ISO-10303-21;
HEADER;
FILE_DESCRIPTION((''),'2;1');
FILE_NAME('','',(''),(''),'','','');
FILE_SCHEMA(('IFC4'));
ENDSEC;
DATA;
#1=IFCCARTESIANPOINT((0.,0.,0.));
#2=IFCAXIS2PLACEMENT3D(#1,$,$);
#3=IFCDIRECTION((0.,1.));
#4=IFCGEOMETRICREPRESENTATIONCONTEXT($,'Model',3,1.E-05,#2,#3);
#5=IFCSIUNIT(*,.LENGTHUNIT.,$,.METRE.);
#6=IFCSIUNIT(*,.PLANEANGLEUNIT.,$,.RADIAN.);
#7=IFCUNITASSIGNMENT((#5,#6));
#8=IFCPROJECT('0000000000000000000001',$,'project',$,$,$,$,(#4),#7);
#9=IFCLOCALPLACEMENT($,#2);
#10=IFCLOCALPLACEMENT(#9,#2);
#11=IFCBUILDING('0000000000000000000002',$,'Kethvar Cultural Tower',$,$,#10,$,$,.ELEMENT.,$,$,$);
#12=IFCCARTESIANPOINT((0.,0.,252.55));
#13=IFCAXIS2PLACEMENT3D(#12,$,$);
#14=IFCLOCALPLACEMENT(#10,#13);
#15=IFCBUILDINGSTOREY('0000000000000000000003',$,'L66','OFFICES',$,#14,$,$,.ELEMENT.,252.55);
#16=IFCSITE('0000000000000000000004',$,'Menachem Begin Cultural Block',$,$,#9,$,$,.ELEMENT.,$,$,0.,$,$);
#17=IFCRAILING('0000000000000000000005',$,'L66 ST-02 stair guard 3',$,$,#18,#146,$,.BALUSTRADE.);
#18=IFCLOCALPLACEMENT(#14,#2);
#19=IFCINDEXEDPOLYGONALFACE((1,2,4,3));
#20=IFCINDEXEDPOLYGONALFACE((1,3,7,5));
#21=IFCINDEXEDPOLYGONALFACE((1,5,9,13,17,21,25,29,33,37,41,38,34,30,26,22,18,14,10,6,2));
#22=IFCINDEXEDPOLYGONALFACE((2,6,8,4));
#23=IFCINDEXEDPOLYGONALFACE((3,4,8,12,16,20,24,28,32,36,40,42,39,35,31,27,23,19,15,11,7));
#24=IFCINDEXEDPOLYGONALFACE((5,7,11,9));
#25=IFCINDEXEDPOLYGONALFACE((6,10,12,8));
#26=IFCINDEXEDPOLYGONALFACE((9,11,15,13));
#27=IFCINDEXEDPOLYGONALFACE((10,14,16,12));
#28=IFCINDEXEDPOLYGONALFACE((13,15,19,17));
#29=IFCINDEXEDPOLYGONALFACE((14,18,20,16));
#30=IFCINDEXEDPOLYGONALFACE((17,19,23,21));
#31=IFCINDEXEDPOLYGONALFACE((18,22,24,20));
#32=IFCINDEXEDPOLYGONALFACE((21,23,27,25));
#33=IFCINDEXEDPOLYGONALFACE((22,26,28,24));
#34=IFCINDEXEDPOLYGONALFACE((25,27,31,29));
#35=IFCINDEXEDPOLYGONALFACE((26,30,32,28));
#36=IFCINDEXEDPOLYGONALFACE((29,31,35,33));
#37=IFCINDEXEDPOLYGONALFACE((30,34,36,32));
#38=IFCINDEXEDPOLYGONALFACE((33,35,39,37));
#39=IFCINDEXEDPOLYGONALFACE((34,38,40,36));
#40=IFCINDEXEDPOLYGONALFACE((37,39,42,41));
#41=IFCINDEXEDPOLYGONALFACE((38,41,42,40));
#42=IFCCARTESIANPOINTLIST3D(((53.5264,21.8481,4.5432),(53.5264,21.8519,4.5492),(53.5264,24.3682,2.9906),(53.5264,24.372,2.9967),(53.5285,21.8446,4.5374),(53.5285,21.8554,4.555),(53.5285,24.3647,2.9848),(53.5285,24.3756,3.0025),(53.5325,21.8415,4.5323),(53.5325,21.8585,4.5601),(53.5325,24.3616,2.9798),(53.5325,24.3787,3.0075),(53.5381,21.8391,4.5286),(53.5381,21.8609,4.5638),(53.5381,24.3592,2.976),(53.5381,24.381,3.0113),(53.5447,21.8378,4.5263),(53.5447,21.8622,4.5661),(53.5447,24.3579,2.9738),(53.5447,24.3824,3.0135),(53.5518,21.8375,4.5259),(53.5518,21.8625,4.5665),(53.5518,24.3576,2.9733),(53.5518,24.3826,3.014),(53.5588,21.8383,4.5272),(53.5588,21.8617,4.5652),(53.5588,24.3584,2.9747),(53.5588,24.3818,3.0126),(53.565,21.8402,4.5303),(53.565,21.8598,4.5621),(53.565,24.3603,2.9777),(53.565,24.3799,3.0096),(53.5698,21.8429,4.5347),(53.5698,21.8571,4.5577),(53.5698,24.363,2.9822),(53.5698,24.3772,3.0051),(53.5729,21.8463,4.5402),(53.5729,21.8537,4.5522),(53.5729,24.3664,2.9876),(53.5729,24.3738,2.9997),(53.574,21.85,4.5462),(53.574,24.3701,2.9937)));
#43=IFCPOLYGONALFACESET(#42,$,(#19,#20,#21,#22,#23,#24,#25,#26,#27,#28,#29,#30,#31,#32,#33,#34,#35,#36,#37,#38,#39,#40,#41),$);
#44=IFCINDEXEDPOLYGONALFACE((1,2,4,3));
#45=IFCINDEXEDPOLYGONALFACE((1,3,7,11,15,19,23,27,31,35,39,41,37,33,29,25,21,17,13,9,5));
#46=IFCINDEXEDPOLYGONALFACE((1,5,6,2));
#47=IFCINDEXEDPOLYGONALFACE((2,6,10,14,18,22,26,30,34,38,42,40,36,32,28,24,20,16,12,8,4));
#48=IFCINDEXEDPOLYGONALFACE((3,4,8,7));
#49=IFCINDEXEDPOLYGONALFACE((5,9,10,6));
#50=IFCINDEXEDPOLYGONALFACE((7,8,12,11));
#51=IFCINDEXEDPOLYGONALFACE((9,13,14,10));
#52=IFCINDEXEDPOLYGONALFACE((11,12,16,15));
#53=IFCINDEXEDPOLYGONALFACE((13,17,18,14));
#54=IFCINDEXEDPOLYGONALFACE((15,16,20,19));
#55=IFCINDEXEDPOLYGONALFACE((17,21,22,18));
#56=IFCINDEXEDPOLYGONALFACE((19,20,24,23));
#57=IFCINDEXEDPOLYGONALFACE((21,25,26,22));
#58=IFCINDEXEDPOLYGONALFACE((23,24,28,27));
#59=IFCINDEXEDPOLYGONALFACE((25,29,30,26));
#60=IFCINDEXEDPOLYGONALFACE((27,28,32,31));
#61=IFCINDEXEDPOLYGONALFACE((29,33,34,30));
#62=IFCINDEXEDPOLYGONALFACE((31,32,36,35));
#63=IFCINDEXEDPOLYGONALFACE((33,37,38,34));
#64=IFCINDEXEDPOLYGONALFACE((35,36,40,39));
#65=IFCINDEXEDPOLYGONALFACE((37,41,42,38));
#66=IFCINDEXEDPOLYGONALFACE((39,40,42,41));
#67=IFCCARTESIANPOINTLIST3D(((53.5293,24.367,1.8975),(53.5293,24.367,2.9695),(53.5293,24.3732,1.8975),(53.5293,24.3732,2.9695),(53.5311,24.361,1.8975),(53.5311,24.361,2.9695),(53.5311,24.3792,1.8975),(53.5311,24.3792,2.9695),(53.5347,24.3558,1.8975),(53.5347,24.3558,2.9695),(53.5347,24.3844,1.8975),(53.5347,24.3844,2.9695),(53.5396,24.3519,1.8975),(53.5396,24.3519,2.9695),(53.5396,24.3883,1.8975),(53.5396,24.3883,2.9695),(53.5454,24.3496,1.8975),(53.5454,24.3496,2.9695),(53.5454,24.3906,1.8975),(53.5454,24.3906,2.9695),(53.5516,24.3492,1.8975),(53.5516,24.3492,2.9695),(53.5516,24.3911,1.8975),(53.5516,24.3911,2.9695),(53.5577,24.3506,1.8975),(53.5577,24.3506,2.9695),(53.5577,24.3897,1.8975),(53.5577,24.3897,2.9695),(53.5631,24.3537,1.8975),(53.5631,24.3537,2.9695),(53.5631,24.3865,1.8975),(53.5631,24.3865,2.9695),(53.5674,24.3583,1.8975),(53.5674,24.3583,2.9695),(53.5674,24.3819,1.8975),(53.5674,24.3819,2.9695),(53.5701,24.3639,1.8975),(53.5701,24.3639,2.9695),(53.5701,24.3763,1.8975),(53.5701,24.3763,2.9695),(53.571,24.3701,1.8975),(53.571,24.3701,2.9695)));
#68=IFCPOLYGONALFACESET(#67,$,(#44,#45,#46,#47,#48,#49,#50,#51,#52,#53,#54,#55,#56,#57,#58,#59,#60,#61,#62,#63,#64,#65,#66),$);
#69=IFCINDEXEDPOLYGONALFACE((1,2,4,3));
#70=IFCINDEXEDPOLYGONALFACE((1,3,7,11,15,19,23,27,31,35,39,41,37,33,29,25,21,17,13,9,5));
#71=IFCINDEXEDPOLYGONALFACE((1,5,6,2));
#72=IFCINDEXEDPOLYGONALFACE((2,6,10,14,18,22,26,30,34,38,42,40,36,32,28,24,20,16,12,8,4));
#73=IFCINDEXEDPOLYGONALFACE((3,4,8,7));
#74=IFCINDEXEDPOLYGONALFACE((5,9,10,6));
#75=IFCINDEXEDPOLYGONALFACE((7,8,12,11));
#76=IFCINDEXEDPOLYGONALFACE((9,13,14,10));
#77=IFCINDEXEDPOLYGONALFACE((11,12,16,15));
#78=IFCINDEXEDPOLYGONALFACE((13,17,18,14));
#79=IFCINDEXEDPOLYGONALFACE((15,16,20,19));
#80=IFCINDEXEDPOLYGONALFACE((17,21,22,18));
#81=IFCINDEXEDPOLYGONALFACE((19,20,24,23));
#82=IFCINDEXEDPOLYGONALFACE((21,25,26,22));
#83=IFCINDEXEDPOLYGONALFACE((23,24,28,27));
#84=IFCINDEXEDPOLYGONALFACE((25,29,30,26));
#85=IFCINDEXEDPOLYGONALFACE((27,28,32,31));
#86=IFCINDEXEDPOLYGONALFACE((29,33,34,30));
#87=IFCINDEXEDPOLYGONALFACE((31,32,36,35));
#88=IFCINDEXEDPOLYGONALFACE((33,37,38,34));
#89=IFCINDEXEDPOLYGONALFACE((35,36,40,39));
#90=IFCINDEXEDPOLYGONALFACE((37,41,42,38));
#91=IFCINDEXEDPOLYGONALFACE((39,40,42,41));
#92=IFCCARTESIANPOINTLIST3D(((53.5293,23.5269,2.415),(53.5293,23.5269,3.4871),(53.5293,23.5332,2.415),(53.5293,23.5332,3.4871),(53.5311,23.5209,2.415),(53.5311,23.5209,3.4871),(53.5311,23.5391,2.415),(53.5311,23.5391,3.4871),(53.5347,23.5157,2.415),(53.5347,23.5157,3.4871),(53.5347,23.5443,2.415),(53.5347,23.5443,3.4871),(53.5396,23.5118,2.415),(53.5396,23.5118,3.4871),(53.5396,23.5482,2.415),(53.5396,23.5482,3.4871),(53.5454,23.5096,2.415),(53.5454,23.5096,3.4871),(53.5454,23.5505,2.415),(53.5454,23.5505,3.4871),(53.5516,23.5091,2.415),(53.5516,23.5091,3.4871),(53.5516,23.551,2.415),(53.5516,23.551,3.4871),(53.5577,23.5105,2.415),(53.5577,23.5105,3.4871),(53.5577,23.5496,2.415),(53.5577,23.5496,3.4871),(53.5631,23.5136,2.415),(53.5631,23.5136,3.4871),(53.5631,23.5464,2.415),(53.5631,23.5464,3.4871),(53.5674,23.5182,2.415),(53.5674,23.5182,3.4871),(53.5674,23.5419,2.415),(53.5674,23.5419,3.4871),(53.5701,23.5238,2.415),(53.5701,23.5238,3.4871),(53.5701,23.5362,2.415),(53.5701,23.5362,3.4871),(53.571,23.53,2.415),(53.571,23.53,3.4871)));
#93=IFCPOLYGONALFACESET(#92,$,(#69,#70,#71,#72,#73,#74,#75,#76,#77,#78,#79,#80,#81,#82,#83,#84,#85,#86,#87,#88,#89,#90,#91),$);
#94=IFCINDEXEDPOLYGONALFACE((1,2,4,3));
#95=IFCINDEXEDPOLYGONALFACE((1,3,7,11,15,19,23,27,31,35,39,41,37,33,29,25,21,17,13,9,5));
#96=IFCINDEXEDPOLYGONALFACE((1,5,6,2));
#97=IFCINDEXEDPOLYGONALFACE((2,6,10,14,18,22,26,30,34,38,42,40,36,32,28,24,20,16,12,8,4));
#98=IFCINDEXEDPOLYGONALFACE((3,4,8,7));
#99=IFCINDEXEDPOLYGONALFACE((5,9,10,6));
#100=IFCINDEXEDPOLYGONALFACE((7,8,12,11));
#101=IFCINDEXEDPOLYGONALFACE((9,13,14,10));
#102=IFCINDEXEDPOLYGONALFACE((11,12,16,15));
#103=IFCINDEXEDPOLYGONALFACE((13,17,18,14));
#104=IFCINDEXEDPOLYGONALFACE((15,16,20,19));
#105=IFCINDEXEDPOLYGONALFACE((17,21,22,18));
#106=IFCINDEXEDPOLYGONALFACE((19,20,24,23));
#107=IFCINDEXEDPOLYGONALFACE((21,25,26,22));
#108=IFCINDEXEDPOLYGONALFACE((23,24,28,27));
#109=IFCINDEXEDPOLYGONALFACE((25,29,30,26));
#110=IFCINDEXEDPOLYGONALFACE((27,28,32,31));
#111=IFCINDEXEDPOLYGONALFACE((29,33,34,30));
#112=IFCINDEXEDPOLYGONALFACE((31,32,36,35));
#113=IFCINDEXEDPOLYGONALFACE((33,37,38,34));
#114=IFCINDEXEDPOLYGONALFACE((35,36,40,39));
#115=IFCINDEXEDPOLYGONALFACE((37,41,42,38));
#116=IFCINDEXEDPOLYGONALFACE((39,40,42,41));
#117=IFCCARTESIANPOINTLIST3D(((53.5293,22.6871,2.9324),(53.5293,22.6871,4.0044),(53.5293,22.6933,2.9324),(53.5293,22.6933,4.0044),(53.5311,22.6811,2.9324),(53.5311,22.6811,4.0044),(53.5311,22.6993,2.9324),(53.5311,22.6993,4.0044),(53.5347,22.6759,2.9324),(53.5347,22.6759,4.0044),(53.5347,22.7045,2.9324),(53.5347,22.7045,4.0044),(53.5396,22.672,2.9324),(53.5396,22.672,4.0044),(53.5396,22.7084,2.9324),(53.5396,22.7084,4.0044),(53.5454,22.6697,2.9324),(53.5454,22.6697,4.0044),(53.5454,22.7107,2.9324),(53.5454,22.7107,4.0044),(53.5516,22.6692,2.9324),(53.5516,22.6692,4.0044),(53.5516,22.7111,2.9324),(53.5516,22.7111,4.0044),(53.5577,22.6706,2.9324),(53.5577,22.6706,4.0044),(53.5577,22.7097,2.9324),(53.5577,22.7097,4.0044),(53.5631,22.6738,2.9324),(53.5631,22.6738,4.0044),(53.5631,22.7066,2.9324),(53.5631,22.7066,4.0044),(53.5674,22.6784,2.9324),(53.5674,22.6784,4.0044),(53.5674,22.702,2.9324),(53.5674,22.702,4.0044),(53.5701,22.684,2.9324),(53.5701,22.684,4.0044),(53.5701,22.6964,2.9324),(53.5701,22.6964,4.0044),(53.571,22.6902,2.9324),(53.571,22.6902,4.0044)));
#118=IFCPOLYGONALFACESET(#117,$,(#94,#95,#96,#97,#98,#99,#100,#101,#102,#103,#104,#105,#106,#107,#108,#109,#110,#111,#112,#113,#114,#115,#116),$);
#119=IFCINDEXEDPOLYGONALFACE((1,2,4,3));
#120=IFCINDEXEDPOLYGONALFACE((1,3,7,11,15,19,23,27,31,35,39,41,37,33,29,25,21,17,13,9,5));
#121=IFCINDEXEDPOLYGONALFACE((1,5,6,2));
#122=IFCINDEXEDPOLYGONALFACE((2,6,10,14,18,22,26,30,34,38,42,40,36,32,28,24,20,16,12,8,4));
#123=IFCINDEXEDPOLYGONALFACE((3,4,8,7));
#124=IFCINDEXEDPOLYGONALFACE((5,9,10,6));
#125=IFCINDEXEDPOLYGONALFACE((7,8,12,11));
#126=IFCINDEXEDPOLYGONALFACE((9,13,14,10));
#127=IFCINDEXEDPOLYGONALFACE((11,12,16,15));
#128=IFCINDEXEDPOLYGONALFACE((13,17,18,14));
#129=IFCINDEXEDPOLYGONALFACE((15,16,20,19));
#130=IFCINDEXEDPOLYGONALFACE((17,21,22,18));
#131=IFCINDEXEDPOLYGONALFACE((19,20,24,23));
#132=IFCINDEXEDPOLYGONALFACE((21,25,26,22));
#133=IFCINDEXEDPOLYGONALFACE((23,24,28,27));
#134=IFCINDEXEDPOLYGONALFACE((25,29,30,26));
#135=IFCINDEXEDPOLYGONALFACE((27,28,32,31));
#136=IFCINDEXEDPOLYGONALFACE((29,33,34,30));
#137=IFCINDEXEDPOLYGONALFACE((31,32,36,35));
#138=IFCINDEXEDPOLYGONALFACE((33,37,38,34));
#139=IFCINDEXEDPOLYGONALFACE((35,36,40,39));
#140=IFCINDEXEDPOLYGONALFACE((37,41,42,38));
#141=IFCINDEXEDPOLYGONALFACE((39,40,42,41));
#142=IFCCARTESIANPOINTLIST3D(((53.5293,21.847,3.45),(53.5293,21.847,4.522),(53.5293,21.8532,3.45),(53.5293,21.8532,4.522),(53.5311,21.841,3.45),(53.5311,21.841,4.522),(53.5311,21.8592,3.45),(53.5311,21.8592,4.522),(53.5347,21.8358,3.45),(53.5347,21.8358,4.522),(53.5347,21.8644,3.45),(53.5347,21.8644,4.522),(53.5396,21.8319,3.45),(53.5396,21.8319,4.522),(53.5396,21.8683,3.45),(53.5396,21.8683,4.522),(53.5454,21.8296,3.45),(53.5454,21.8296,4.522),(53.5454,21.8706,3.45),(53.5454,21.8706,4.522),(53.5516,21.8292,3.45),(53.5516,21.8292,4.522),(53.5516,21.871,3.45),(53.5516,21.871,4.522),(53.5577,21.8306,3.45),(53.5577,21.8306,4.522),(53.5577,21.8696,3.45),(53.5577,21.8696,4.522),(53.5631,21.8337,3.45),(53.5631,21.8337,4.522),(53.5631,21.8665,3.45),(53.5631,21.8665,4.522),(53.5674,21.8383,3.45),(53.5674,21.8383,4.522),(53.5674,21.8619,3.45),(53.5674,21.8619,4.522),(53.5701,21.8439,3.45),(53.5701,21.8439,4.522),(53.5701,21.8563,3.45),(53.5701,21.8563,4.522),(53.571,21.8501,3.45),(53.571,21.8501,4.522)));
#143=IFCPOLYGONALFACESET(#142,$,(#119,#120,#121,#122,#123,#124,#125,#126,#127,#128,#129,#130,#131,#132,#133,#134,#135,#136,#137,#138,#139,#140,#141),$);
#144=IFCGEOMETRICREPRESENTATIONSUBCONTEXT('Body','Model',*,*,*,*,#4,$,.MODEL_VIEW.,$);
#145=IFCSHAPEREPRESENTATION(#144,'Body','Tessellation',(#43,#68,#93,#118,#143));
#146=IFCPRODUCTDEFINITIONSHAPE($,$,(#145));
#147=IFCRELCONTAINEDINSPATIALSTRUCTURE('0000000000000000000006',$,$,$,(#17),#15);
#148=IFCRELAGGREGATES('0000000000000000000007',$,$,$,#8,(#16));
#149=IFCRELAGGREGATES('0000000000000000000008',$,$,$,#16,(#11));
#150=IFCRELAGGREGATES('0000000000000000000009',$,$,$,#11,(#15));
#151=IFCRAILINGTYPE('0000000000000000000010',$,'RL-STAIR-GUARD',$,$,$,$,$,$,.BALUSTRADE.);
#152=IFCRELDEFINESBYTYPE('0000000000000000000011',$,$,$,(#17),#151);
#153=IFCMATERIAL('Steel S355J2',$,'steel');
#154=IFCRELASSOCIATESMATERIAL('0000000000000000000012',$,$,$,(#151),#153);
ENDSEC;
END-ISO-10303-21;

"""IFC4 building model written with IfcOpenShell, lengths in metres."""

from ifc_helpers import new_model, si_unit, direction, frame, origin, origin_2d, place, context, subcontext, project, spatial, circle, extrude, material, type_object, element, save


model = new_model("IFC4")

# Units and contexts
model_context = context("Model", 3, precision=1e-05, world=origin(), true_north=direction((0.0, 1.0)))
body_context = subcontext(model_context, "Body", "Model", "MODEL_VIEW")
ifc_project = project(units=[si_unit("LENGTHUNIT", "METRE"), si_unit("PLANEANGLEUNIT", "RADIAN")], contexts=[model_context])

# Site, building, storey
site_placement = place(None, origin())
site = spatial("IfcSite", under=ifc_project, at=site_placement, Name="Menachem Begin Cultural Block", CompositionType="ELEMENT", RefElevation=0.0)
building_placement = place(site_placement, origin())
building = spatial("IfcBuilding", under=site, at=building_placement, Name="Kethvar Cultural Tower", CompositionType="ELEMENT")
storey_placement = place(building_placement, frame((0.0, 0.0, 252.55)))
storey = spatial("IfcBuildingStorey", under=building, at=storey_placement, Name="L66", Description="OFFICES", CompositionType="ELEMENT", Elevation=252.55)

# Shared definitions
ifc_material_1 = material(Name="Steel S355J2", Category="steel")

# Railing
railing_type_1 = type_object("IfcRailingType", Name="RL-STAIR-GUARD", PredefinedType="BALUSTRADE", material=ifc_material_1)
railing_1_placement = place(storey_placement, frame((53.55, 24.3701, 1.8975)))
element("IfcRailing", 1, at=railing_1_placement, inside=storey, type_object=railing_type_1, Name="L66 ST-02 stair guard 3", PredefinedType="BALUSTRADE", context=body_context, shape_type="SweptSolid", body=[
    extrude(circle(Radius=0.0239, at=origin_2d()), frame((0.0, 0.0, 1.0962), z_axis=(0.0, -0.8514, 0.524516), x_axis=(1.0, 0.0, 0.0)), (0.0, 0.0, 1.0), 2.96),
    extrude(circle(Radius=0.021, at=origin_2d()), origin(), (0.0, 0.0, 1.0), 1.072),
    extrude(circle(Radius=0.021, at=origin_2d()), frame((0.0, -0.8401, 0.5176)), (0.0, 0.0, 1.0), 1.072),
    extrude(circle(Radius=0.021, at=origin_2d()), frame((0.0, -1.6799, 1.0349)), (0.0, 0.0, 1.0), 1.072),
    extrude(circle(Radius=0.021, at=origin_2d()), frame((0.0, -2.52, 1.5525)), (0.0, 0.0, 1.0), 1.072),
])

save(model, "model.ifc")
